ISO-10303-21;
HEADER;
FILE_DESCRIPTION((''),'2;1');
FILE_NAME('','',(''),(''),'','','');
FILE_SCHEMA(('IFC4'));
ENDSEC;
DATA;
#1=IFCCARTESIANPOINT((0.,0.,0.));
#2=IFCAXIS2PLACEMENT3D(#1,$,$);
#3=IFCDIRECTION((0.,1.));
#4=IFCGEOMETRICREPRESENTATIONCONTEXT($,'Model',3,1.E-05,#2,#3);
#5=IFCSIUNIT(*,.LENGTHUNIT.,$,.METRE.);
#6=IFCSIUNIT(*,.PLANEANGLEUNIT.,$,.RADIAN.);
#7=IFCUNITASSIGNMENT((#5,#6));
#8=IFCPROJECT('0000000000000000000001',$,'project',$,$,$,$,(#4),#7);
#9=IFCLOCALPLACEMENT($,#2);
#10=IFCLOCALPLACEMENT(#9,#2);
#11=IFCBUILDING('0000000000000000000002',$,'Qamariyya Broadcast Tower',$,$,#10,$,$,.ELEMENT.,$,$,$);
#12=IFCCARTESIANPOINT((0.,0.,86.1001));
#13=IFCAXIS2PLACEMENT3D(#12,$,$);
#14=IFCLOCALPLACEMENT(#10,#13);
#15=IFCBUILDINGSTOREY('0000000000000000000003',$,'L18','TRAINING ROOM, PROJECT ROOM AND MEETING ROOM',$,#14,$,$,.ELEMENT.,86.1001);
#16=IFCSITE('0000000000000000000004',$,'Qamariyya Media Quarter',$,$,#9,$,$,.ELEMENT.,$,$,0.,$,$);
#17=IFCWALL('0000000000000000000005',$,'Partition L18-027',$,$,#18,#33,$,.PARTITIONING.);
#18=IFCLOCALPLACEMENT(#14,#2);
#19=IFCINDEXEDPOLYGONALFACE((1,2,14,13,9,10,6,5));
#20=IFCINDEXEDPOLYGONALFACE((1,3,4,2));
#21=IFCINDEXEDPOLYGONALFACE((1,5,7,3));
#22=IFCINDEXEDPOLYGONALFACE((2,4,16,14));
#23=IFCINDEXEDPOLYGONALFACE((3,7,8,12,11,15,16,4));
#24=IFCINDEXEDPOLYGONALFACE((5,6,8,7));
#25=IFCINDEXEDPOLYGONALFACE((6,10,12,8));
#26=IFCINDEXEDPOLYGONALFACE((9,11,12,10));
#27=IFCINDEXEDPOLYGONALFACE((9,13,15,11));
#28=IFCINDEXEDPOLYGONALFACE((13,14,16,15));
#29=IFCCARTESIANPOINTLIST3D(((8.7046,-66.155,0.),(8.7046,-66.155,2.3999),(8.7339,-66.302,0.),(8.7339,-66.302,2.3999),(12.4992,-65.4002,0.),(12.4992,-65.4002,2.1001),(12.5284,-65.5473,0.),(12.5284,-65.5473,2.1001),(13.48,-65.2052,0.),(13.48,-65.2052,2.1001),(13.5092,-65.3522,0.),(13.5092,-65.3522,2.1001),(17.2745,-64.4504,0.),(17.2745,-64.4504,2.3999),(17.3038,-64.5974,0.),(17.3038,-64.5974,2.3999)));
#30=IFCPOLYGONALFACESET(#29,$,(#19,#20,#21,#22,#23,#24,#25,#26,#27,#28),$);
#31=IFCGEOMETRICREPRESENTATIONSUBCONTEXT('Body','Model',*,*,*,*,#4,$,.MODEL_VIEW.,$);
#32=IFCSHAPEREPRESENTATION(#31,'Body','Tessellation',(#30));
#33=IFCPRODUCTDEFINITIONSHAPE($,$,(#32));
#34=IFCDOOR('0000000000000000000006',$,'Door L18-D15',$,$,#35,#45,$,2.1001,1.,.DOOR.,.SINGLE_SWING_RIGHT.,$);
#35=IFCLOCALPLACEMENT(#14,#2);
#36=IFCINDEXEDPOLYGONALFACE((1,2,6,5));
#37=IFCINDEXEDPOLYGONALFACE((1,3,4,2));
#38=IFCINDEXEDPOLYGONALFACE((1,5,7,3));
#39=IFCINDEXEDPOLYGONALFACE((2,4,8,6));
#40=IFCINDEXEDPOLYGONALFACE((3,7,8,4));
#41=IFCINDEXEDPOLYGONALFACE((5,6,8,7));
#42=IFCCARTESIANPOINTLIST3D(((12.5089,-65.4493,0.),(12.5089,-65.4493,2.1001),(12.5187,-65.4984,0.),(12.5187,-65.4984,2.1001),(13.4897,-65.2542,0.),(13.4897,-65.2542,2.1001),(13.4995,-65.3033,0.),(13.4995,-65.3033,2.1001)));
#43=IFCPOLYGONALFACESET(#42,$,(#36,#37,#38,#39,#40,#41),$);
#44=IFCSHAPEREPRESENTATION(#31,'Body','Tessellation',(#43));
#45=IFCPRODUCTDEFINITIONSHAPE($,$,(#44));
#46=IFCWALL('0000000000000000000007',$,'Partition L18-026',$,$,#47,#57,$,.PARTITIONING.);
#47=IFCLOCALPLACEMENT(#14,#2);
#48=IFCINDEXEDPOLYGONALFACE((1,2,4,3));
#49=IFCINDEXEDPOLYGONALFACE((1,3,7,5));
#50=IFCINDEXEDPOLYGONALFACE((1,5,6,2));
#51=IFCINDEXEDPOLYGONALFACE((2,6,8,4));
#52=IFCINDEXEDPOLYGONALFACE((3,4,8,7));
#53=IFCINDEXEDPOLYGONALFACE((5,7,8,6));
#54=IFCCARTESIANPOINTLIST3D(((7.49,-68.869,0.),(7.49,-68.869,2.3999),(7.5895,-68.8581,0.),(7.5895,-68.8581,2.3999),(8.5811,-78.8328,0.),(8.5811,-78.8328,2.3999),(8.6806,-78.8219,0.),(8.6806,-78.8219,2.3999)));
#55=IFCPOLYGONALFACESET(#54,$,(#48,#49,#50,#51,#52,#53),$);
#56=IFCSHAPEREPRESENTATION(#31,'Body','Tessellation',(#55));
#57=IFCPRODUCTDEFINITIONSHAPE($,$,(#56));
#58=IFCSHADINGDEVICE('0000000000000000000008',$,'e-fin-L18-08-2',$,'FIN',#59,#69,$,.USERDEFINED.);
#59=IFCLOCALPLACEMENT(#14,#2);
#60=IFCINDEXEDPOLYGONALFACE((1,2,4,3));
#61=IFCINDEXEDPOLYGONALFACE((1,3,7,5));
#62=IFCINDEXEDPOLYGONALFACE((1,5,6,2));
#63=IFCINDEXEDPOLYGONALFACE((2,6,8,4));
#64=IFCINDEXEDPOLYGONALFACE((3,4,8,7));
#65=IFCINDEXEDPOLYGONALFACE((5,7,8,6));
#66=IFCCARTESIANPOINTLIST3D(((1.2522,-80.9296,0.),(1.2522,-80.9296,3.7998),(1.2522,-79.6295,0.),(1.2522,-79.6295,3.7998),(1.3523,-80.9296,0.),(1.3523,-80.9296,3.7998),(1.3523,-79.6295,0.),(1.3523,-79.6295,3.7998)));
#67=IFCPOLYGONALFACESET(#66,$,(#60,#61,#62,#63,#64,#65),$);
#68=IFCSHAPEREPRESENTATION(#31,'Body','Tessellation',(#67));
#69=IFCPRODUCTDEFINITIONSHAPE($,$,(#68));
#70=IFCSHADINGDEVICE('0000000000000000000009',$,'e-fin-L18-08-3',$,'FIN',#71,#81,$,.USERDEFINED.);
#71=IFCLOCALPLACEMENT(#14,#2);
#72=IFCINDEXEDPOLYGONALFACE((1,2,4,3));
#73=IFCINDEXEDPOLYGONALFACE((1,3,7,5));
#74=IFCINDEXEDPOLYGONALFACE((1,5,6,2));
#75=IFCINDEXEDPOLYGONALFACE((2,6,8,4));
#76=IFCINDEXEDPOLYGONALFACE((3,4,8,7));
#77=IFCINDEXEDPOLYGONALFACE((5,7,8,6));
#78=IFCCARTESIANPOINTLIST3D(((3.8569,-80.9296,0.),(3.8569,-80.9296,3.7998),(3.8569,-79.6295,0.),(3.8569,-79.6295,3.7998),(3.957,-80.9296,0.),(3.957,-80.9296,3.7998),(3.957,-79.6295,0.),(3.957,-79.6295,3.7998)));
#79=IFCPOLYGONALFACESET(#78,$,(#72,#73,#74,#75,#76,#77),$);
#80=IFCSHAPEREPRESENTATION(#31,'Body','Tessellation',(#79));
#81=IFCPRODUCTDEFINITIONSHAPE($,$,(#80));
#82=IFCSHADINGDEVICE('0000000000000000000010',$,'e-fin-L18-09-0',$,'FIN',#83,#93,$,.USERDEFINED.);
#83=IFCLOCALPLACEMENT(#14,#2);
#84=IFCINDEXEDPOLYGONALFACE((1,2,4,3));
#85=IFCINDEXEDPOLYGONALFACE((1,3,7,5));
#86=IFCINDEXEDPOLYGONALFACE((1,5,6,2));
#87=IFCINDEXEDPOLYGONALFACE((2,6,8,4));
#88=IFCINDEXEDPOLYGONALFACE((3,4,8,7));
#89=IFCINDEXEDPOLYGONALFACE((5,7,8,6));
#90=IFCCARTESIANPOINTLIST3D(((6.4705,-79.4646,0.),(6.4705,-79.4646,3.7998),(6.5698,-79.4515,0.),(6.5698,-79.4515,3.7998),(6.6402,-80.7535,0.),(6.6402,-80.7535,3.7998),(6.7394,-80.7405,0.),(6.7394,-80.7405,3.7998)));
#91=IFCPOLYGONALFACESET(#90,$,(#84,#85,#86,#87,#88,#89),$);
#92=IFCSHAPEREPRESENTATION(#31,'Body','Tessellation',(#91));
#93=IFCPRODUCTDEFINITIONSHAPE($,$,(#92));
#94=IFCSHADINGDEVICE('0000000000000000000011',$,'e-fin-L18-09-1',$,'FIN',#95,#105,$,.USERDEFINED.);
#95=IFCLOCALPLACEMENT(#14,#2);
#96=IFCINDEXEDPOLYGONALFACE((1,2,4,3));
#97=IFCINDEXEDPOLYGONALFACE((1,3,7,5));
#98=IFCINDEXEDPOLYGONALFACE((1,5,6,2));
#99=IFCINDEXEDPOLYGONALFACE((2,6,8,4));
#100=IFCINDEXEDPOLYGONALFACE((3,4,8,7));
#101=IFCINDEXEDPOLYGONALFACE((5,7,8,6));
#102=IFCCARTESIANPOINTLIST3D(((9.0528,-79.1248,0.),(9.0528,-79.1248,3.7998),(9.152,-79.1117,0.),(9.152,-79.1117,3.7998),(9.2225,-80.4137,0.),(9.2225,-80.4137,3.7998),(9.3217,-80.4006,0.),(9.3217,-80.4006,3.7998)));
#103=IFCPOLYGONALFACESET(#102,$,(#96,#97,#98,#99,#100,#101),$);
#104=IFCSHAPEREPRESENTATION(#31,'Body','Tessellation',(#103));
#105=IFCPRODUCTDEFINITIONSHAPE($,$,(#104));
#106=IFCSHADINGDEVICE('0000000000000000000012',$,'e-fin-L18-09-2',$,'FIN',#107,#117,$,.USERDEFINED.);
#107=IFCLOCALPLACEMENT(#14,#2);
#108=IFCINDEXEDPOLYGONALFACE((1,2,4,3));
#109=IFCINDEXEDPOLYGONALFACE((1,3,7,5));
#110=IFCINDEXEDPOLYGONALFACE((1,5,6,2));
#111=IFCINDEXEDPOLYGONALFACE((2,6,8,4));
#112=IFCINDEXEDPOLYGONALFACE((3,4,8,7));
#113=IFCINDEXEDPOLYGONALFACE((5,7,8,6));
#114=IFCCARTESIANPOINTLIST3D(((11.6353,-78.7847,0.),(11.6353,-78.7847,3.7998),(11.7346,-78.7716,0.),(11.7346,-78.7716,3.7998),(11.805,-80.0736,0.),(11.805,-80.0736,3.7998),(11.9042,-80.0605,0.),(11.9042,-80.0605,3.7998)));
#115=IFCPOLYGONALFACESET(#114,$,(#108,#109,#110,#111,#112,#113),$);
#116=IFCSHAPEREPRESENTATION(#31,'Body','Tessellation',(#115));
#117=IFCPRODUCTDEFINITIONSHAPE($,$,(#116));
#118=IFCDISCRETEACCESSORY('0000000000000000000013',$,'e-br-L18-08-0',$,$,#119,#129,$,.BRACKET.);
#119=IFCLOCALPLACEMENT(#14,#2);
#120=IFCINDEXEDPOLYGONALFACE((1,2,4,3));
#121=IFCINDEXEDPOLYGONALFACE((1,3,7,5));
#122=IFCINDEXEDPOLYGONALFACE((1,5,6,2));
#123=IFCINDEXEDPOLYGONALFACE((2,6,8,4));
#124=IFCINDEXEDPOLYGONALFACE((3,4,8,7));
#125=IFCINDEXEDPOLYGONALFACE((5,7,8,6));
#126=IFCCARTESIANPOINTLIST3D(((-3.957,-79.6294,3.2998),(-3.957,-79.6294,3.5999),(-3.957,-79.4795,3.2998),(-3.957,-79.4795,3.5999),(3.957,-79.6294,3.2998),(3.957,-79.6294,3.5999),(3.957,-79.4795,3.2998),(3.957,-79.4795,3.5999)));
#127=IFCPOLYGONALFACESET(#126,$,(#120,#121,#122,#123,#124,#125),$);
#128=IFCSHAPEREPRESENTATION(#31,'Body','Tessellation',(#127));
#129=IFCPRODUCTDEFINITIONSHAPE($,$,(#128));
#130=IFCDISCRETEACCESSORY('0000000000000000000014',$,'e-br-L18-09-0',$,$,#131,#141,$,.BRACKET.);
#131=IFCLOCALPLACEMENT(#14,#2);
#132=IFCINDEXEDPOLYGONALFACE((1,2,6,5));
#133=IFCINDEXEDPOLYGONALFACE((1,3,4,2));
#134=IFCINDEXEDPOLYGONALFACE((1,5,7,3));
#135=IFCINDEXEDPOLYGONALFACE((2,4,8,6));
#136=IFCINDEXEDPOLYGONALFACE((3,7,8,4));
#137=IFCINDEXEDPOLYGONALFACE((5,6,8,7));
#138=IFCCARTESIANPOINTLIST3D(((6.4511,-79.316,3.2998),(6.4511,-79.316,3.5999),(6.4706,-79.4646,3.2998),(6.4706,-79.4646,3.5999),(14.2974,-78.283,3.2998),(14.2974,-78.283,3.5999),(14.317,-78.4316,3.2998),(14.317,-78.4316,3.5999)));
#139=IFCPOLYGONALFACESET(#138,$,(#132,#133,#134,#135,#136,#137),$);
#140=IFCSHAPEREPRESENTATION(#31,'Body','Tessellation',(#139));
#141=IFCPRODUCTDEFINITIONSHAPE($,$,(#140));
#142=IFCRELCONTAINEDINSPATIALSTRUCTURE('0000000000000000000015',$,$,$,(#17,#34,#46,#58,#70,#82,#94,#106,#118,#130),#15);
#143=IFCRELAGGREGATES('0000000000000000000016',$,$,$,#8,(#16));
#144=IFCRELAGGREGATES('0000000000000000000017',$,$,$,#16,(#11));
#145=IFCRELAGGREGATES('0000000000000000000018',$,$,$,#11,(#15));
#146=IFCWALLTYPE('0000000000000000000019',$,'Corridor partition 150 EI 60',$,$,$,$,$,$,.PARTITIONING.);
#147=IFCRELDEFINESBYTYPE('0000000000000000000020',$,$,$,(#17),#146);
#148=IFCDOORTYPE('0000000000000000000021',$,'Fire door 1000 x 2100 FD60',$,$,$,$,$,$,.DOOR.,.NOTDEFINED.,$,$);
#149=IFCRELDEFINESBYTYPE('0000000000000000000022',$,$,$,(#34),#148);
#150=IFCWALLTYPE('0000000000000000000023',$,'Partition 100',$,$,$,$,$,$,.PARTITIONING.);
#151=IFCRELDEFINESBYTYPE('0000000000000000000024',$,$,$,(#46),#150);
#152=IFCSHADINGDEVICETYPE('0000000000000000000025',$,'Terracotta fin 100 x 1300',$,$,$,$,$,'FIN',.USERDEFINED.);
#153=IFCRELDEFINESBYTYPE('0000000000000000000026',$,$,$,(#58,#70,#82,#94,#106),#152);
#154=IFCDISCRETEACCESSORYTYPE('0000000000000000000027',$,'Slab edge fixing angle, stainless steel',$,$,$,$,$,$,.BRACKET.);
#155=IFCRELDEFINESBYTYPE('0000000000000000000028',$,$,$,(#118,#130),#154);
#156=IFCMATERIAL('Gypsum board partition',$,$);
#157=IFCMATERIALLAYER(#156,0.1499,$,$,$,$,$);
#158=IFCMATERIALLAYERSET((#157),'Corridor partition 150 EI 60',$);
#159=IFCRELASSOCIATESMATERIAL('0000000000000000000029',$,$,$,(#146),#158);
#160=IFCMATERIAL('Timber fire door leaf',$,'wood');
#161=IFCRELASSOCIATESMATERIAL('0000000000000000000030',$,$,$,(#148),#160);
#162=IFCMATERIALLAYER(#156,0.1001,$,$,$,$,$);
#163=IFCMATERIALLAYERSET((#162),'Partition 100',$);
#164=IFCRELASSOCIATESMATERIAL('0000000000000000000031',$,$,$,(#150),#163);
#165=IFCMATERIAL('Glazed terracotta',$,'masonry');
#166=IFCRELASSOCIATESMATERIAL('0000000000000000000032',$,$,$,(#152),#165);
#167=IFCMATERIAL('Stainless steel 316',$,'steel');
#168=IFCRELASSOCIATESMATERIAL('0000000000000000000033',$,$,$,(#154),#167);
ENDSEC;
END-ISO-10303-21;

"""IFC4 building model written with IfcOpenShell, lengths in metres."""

from ifc_helpers import new_model, si_unit, direction, frame, frame_2d, origin, origin_2d, place, context, subcontext, project, spatial, rectangle, extrude, material, layer, layer_set, material_profile, profile_set, type_object, element, fill, save


model = new_model("IFC4")

# Units and contexts
model_context = context("Model", 3, precision=1e-05, world=origin(), true_north=direction((0.0, 1.0)))
body_context = subcontext(model_context, "Body", "Model", "MODEL_VIEW")
ifc_project = project(units=[si_unit("LENGTHUNIT", "METRE"), si_unit("PLANEANGLEUNIT", "RADIAN")], contexts=[model_context])

# Site, building, storey
site_placement = place(None, origin())
site = spatial("IfcSite", under=ifc_project, at=site_placement, Name="Qamariyya Media Quarter", CompositionType="ELEMENT", RefElevation=0.0)
building_placement = place(site_placement, origin())
building = spatial("IfcBuilding", under=site, at=building_placement, Name="Qamariyya Broadcast Tower", CompositionType="ELEMENT")
storey_placement = place(building_placement, frame((0.0, 0.0, 86.1001)))
storey = spatial("IfcBuildingStorey", under=building, at=storey_placement, Name="L18", Description="TRAINING ROOM, PROJECT ROOM AND MEETING ROOM", CompositionType="ELEMENT", Elevation=86.1001)

# Wall, opening, door
ifc_material_1 = material(Name="Gypsum board partition")
ifc_layer_1 = layer(ifc_material_1, 0.1499)
ifc_layer_set_1 = layer_set([ifc_layer_1], Name="Corridor partition 150 EI 60")
wall_type_1 = type_object("IfcWallType", Name="Corridor partition 150 EI 60", PredefinedType="PARTITIONING", material=ifc_layer_set_1)
ifc_material_2 = material(Name="Timber fire door leaf", Category="wood")
door_type_1 = type_object("IfcDoorType", Name="Fire door 1000 x 2100 FD60", OperationType="NOTDEFINED", PredefinedType="DOOR", material=ifc_material_2)
wall_1_placement = place(storey_placement, frame((8.7192, -66.2285, 0.0), z_axis=(0.0, 0.0, 1.0), x_axis=(0.980786, 0.195084, 0.0)))
wall_1 = element("IfcWall", 1, at=wall_1_placement, inside=storey, type_object=wall_type_1, Name="Partition L18-027", PredefinedType="PARTITIONING", context=body_context, shape_type="SweptSolid", body=[
    extrude(rectangle(XDim=8.7378, YDim=0.1499, at=frame_2d((4.3689, 0.0))), origin(), (0.0, 0.0, 1.0), 2.3999),
])
opening_1_placement = place(wall_1_placement, frame((3.8689, 0.0, 0.0)))
opening_1 = element("IfcOpeningElement", 2, at=opening_1_placement, cuts=wall_1, PredefinedType="OPENING", context=body_context, shape_type="SweptSolid", body=[
    extrude(rectangle(XDim=1.0, YDim=2.1001, at=frame_2d((0.5, 1.05))), frame((0.0, 0.085, 0.0), z_axis=(0.0, -1.0, 0.0), x_axis=(1.0, 0.0, 0.0)), (0.0, 0.0, 1.0), 0.1699),
])
door_1_placement = place(opening_1_placement, origin())
door_1 = element("IfcDoor", 3, at=door_1_placement, inside=storey, type_object=door_type_1, Name="Door L18-D15", OperationType="SINGLE_SWING_RIGHT", OverallHeight=2.1001, OverallWidth=1.0, PredefinedType="DOOR", context=body_context, shape_type="SweptSolid", body=[
    extrude(rectangle(XDim=1.0, YDim=2.1001, at=frame_2d((0.5, 1.05))), frame((0.0, 0.0249, 0.0), z_axis=(0.0, -1.0, 0.0), x_axis=(1.0, 0.0, 0.0)), (0.0, 0.0, 1.0), 0.05),
])
fill(opening_1, door_1)

# Wall
ifc_layer_2 = layer(ifc_material_1, 0.1001)
ifc_layer_set_2 = layer_set([ifc_layer_2], Name="Partition 100")
wall_type_2 = type_object("IfcWallType", Name="Partition 100", PredefinedType="PARTITIONING", material=ifc_layer_set_2)
wall_2_placement = place(storey_placement, frame((8.6309, -78.8274, 0.0), z_axis=(0.0, 0.0, 1.0), x_axis=(-0.108851, 0.994058, 0.0)))
element("IfcWall", 4, at=wall_2_placement, inside=storey, type_object=wall_type_2, Name="Partition L18-026", PredefinedType="PARTITIONING", context=body_context, shape_type="SweptSolid", body=[
    extrude(rectangle(XDim=10.0234, YDim=0.1001, at=frame_2d((5.0117, 0.0))), origin(), (0.0, 0.0, 1.0), 2.3999),
])

# Shading devices
ifc_material_3 = material(Name="Glazed terracotta", Category="masonry")
ifc_material_profile_1 = material_profile(ifc_material_3, rectangle(XDim=1.3, YDim=0.1001, at=origin_2d()))
ifc_profile_set_1 = profile_set([ifc_material_profile_1], Name="Glazed terracotta")
shading_device_type_1 = type_object("IfcShadingDeviceType", Name="Terracotta fin 100 x 1300", ElementType="FIN", PredefinedType="USERDEFINED", material=ifc_profile_set_1)
for number, where, z_axis, x_axis, name in (
    (5, (1.3022, -80.2795, 0.0), (0.0, 0.0, 1.0), (0.0, -1.0, 0.0), "e-fin-L18-08-2"),
    (6, (3.907, -80.2795, 0.0), (0.0, 0.0, 1.0), (0.0, -1.0, 0.0), "e-fin-L18-08-3"),
    (7, (6.605, -80.1025, 0.0), (0.0, 0.0, 1.0), (0.130526, -0.991445, 0.0), "e-fin-L18-09-0"),
    (8, (9.1873, -79.7627, 0.0), (0.0, 0.0, 1.0), (0.130526, -0.991445, 0.0), "e-fin-L18-09-1"),
    (9, (11.7698, -79.4226, 0.0), (0.0, 0.0, 1.0), (0.130526, -0.991445, 0.0), "e-fin-L18-09-2"),
):
    element("IfcShadingDevice", number, at=place(storey_placement, frame(where, z_axis=z_axis, x_axis=x_axis)), inside=storey, type_object=shading_device_type_1, Name=name, ObjectType="FIN", PredefinedType="USERDEFINED", context=body_context, shape_type="SweptSolid", body=[
        extrude(rectangle(XDim=1.3, YDim=0.1001, at=origin_2d()), origin(), (0.0, 0.0, 1.0), 3.7998),
    ])

# Discrete accessories
ifc_material_4 = material(Name="Stainless steel 316", Category="steel")
discrete_accessory_type = type_object("IfcDiscreteAccessoryType", Name="Slab edge fixing angle, stainless steel", PredefinedType="BRACKET", material=ifc_material_4)
for number, where, z_axis, x_axis, name in (
    (10, (0.0, -79.5544, 3.2998), (0.0, 0.0, 1.0), (1.0, 0.0, 0.0), "e-br-L18-08-0"),
    (11, (10.384, -78.8738, 3.2998), (0.0, 0.0, 1.0), (0.991445, 0.130526, 0.0), "e-br-L18-09-0"),
):
    element("IfcDiscreteAccessory", number, at=place(storey_placement, frame(where, z_axis=z_axis, x_axis=x_axis)), inside=storey, type_object=discrete_accessory_type, Name=name, PredefinedType="BRACKET", context=body_context, shape_type="SweptSolid", body=[
        extrude(rectangle(XDim=7.9141, YDim=0.1499, at=origin_2d()), origin(), (0.0, 0.0, 1.0), 0.3),
    ])

save(model, "model.ifc")
